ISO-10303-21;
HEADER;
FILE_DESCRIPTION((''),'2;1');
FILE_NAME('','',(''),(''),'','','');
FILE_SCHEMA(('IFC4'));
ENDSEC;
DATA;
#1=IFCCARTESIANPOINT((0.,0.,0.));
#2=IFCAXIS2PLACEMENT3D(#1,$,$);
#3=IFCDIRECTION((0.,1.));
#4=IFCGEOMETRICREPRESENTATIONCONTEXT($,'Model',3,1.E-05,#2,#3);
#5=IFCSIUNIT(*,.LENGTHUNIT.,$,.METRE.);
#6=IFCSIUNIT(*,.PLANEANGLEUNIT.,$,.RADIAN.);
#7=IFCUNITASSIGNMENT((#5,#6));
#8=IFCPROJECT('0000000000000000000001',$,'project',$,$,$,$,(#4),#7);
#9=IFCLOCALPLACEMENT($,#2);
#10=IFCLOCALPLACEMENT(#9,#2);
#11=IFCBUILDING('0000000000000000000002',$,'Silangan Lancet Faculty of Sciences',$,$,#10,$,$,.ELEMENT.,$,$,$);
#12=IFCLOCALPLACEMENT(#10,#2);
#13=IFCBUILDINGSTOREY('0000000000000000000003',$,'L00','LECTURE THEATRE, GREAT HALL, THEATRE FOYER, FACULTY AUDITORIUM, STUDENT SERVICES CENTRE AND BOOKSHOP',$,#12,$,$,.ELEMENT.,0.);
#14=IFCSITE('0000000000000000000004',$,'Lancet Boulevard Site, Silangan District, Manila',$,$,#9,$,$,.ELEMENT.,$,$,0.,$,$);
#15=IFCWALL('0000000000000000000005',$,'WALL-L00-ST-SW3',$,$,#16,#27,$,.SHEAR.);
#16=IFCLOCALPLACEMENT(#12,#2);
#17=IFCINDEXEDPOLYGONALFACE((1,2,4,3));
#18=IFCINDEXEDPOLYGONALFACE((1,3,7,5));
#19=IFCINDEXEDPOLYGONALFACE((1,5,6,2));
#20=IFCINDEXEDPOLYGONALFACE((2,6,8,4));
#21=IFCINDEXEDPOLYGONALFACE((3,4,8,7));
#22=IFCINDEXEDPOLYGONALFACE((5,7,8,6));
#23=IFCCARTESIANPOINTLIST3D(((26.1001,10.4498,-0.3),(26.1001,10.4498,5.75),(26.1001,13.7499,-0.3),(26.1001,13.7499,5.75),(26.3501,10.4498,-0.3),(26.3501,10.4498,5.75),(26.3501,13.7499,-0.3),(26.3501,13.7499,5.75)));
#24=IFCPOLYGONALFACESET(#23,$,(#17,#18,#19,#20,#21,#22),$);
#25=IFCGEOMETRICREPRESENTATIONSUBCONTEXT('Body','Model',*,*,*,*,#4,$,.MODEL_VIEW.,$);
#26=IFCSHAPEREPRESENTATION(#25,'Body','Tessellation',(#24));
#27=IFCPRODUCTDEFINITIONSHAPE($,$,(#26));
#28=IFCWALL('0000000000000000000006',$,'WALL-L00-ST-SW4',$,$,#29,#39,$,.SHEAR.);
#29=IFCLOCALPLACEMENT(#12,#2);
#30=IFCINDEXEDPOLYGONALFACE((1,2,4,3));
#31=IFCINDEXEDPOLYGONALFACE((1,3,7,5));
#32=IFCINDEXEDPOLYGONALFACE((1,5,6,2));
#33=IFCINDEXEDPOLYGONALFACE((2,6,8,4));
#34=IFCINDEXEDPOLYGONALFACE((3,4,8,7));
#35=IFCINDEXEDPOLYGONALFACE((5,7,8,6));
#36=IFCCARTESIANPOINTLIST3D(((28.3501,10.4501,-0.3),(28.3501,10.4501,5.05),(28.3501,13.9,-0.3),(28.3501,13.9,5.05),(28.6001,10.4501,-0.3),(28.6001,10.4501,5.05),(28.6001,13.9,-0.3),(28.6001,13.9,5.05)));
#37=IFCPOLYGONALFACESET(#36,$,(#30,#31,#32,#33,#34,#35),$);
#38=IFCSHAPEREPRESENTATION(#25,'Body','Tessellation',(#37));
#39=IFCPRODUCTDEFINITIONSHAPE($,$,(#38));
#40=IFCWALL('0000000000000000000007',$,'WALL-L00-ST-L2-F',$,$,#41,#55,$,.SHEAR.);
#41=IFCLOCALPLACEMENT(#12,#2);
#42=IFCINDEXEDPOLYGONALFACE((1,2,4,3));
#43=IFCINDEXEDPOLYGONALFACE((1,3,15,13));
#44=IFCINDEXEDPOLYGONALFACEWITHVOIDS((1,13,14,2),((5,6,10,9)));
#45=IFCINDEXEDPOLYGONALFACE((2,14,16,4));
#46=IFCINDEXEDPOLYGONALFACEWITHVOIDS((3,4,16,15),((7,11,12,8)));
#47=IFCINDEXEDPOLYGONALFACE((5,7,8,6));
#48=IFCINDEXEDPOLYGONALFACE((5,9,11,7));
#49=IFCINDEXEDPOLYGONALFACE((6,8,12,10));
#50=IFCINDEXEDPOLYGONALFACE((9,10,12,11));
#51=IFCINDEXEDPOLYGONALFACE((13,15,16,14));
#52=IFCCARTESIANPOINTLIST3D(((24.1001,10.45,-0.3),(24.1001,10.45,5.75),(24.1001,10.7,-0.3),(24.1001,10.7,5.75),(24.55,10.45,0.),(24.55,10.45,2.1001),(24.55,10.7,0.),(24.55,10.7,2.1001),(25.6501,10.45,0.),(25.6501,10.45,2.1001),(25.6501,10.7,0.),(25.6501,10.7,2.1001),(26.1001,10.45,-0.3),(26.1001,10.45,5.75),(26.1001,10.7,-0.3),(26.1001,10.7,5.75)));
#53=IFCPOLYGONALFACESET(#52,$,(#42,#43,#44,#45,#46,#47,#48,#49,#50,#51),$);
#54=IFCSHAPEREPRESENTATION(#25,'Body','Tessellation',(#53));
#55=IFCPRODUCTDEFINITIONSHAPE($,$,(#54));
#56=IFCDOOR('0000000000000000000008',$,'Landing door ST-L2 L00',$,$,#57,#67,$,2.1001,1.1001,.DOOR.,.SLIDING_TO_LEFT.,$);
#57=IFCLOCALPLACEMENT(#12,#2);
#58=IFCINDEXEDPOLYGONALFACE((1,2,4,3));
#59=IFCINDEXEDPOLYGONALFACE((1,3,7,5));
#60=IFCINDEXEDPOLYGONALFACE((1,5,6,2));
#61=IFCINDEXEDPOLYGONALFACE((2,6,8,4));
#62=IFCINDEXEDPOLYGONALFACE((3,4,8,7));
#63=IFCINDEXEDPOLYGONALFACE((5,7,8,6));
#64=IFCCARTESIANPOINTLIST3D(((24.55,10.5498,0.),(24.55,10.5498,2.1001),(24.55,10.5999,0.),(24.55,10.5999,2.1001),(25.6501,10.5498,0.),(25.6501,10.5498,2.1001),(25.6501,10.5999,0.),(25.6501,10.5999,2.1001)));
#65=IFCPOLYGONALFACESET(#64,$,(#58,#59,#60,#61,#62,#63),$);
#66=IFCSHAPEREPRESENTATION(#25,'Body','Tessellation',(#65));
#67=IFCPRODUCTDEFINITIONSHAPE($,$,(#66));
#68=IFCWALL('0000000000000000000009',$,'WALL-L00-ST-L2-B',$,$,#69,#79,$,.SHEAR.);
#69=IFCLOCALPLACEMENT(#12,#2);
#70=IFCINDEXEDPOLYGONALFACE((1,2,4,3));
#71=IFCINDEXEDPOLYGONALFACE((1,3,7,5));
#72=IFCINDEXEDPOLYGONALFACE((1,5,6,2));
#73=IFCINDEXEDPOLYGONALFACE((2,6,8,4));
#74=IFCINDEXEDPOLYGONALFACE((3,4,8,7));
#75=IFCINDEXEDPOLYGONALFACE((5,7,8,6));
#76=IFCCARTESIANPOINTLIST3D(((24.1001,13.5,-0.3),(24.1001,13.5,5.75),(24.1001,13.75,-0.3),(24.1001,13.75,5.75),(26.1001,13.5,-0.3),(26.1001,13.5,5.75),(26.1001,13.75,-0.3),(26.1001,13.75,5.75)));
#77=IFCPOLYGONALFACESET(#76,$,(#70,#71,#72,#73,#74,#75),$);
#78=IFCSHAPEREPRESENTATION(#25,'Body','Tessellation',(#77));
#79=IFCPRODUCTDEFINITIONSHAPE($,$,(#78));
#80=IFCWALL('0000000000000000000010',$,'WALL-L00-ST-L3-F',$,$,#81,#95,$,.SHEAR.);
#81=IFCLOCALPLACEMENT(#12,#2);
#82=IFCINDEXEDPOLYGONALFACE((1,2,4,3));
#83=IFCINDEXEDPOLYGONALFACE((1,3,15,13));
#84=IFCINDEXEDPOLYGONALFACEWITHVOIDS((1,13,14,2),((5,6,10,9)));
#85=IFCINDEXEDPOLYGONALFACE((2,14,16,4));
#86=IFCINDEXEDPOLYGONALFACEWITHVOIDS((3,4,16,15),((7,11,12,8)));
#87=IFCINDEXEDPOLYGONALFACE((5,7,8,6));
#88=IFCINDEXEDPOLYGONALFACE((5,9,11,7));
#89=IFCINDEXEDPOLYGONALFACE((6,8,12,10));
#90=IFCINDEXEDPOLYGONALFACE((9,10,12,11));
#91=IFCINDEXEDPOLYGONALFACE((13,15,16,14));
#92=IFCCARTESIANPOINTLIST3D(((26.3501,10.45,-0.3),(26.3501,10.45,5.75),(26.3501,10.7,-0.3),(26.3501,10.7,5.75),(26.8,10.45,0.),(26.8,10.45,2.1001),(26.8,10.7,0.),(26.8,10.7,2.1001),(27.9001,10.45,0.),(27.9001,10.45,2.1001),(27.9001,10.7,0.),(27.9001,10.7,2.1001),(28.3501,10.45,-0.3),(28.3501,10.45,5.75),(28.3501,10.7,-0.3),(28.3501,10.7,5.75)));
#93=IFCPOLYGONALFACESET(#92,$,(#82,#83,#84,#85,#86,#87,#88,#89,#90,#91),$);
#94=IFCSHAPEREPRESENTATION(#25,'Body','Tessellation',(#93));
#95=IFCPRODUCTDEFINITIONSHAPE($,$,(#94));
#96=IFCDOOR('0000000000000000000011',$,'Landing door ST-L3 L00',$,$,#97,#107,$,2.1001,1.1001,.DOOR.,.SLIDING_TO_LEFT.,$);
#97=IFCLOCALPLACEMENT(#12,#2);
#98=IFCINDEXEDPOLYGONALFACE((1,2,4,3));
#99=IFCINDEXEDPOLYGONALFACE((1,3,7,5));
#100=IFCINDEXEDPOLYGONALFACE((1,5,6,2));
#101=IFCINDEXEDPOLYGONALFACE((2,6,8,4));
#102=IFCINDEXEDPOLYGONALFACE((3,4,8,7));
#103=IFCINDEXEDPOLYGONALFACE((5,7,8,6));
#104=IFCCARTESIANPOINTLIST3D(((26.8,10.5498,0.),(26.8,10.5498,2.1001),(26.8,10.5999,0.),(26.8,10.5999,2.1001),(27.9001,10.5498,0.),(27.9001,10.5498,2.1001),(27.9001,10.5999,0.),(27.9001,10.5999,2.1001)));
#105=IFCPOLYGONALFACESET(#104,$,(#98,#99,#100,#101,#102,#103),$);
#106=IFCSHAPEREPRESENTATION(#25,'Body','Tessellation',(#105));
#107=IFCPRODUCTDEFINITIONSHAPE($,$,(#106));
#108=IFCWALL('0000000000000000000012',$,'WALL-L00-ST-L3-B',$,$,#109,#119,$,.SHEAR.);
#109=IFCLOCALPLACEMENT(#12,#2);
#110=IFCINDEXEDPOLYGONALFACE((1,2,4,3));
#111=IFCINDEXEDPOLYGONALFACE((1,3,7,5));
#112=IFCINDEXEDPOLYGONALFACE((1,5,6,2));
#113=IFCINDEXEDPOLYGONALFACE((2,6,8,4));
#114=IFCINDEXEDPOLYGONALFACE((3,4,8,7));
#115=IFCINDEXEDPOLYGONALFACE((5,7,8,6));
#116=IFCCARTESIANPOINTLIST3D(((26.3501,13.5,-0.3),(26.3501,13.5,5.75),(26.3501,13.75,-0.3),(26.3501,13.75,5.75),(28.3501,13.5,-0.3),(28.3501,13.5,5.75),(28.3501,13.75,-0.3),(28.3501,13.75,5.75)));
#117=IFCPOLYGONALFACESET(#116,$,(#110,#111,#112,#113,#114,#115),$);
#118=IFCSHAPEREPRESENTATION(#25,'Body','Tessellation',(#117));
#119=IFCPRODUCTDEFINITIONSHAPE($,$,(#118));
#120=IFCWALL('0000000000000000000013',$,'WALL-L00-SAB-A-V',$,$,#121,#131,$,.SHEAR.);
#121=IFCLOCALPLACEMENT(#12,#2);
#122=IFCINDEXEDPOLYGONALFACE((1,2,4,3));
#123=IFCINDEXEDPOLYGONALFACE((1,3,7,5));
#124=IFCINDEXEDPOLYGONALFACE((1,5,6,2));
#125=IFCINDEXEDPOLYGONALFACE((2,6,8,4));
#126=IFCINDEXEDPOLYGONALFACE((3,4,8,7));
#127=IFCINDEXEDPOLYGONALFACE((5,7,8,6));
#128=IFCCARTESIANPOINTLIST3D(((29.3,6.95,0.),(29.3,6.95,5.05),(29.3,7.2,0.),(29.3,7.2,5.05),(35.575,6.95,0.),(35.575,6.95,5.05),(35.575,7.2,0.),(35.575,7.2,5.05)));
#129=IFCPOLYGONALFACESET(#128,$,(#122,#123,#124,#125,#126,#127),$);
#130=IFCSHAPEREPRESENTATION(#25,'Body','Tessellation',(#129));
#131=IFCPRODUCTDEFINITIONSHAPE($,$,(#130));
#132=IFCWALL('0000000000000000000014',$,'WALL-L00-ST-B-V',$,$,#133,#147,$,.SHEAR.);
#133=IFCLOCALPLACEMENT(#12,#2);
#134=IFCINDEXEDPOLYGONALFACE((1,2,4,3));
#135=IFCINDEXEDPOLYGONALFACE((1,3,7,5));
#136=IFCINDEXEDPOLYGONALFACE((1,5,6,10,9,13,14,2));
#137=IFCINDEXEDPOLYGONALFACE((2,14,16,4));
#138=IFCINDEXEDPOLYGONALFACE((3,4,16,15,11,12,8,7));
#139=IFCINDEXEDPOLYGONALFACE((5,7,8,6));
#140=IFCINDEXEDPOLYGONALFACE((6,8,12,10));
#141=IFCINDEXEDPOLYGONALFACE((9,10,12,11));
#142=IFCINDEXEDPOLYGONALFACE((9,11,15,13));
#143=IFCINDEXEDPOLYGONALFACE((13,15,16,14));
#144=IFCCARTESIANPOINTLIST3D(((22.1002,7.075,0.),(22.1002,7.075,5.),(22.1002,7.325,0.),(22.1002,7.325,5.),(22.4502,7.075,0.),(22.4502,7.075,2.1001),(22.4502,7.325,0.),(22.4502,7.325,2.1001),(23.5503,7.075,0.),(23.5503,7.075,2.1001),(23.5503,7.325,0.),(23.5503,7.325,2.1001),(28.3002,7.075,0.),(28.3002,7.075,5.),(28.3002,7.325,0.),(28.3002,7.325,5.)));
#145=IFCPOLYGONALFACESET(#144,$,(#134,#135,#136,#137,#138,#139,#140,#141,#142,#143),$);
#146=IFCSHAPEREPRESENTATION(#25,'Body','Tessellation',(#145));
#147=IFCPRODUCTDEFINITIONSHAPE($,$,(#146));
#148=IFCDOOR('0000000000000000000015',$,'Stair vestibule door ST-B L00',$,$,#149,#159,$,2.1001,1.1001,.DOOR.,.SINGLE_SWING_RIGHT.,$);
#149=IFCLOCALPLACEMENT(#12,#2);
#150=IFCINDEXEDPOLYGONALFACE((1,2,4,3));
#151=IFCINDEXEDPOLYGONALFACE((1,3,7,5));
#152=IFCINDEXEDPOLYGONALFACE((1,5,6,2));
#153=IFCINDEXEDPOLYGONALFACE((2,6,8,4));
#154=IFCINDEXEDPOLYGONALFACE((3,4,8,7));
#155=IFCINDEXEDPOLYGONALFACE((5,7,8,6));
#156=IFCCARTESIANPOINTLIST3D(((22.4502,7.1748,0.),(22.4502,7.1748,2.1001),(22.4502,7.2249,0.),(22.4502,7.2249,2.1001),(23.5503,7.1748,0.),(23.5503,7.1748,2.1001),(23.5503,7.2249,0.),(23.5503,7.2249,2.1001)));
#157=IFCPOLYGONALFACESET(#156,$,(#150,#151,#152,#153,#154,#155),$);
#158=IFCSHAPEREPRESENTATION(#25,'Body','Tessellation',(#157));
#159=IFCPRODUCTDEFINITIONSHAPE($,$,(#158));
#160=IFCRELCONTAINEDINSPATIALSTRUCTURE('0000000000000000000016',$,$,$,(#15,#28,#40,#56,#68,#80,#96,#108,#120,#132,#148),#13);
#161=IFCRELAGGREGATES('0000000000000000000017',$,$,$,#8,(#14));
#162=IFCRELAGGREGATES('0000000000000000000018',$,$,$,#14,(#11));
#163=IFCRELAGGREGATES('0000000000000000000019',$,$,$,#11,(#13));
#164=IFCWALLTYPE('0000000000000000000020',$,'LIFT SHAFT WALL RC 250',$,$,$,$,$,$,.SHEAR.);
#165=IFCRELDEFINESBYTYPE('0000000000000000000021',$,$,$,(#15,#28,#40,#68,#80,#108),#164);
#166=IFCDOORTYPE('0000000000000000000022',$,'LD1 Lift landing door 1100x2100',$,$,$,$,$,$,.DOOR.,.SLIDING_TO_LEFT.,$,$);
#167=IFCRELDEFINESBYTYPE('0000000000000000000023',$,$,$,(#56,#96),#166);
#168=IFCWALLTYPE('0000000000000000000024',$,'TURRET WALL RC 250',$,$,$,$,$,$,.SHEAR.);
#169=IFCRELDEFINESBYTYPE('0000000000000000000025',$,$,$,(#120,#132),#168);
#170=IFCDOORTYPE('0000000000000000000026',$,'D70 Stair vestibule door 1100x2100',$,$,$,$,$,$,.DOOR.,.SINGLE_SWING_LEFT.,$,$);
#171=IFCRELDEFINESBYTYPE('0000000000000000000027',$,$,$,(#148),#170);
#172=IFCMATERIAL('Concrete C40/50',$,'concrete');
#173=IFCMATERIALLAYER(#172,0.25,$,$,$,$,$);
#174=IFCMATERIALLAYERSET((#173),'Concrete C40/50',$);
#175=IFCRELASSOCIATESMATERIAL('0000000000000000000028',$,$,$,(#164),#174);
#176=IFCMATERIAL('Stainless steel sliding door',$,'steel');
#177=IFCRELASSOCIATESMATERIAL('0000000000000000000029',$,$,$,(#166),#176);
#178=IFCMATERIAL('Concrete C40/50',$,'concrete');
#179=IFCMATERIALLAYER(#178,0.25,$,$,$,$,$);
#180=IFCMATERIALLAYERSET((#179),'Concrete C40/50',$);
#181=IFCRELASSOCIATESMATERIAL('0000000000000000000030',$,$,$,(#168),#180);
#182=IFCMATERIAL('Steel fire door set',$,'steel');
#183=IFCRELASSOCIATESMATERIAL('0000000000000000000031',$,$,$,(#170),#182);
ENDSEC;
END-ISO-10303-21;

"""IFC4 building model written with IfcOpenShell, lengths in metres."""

from ifc_helpers import new_model, si_unit, direction, frame, frame_2d, origin, place, context, subcontext, project, spatial, rectangle, extrude, material, layer, layer_set, type_object, element, fill, save


model = new_model("IFC4")

# Units and contexts
model_context = context("Model", 3, precision=1e-05, world=origin(), true_north=direction((0.0, 1.0)))
body_context = subcontext(model_context, "Body", "Model", "MODEL_VIEW")
ifc_project = project(units=[si_unit("LENGTHUNIT", "METRE"), si_unit("PLANEANGLEUNIT", "RADIAN")], contexts=[model_context])

# Site, building, storey
site_placement = place(None, origin())
site = spatial("IfcSite", under=ifc_project, at=site_placement, Name="Lancet Boulevard Site, Silangan District, Manila", CompositionType="ELEMENT", RefElevation=0.0)
building_placement = place(site_placement, origin())
building = spatial("IfcBuilding", under=site, at=building_placement, Name="Silangan Lancet Faculty of Sciences", CompositionType="ELEMENT")
storey_placement = place(building_placement, origin())
storey = spatial("IfcBuildingStorey", under=building, at=storey_placement, Name="L00", Description="LECTURE THEATRE, GREAT HALL, THEATRE FOYER, FACULTY AUDITORIUM, STUDENT SERVICES CENTRE AND BOOKSHOP", CompositionType="ELEMENT", Elevation=0.0)

# Walls
ifc_material_1 = material(Name="Concrete C40/50", Category="concrete")
ifc_layer_1 = layer(ifc_material_1, 0.25)
ifc_layer_set_1 = layer_set([ifc_layer_1], Name="Concrete C40/50")
wall_type_1 = type_object("IfcWallType", Name="LIFT SHAFT WALL RC 250", PredefinedType="SHEAR", material=ifc_layer_set_1)
for number, where, z_axis, x_axis, name in (
    (1, (26.2251, 10.45, -0.3), (0.0, 0.0, 1.0), (0.0, 1.0, 0.0), "WALL-L00-ST-SW3"),
):
    element("IfcWall", number, at=place(storey_placement, frame(where, z_axis=z_axis, x_axis=x_axis)), inside=storey, type_object=wall_type_1, Name=name, PredefinedType="SHEAR", context=body_context, shape_type="SweptSolid", body=[
        extrude(rectangle(XDim=3.3, YDim=0.25, at=frame_2d((1.6499, 0.0))), origin(), (0.0, 0.0, 1.0), 6.05),
    ])
wall_1_placement = place(storey_placement, frame((28.4751, 10.45, -0.3), z_axis=(0.0, 0.0, 1.0), x_axis=(0.0, 1.0, 0.0)))
element("IfcWall", 2, at=wall_1_placement, inside=storey, type_object=wall_type_1, Name="WALL-L00-ST-SW4", PredefinedType="SHEAR", context=body_context, shape_type="SweptSolid", body=[
    extrude(rectangle(XDim=3.45, YDim=0.25, at=frame_2d((1.7251, 0.0))), origin(), (0.0, 0.0, 1.0), 5.3501),
])

# Wall, opening, door
wall_2_placement = place(storey_placement, frame((24.1001, 10.575, -0.3), z_axis=(0.0, 0.0, 1.0), x_axis=(1.0, 0.0, 0.0)))
wall_2 = element("IfcWall", 3, at=wall_2_placement, inside=storey, type_object=wall_type_1, Name="WALL-L00-ST-L2-F", PredefinedType="SHEAR", context=body_context, shape_type="SweptSolid", body=[
    extrude(rectangle(XDim=2.0, YDim=0.25, at=frame_2d((1.0, 0.0))), origin(), (0.0, 0.0, 1.0), 6.05),
])
opening_1_placement = place(wall_2_placement, frame((0.45, 0.0, 0.3)))
opening_1 = element("IfcOpeningElement", 4, at=opening_1_placement, cuts=wall_2, PredefinedType="OPENING", context=body_context, shape_type="SweptSolid", body=[
    extrude(rectangle(XDim=1.1001, YDim=2.1001, at=frame_2d((0.55, 1.05))), frame((0.0, 0.135, 0.0), z_axis=(0.0, -1.0, 0.0), x_axis=(1.0, 0.0, 0.0)), (0.0, 0.0, 1.0), 0.27),
])
ifc_material_2 = material(Name="Stainless steel sliding door", Category="steel")
door_type_1 = type_object("IfcDoorType", Name="LD1 Lift landing door 1100x2100", OperationType="SLIDING_TO_LEFT", PredefinedType="DOOR", material=ifc_material_2)
door_1_placement = place(opening_1_placement, origin())
door_1 = element("IfcDoor", 5, at=door_1_placement, inside=storey, type_object=door_type_1, Name="Landing door ST-L2 L00", OperationType="SLIDING_TO_LEFT", OverallHeight=2.1001, OverallWidth=1.1001, PredefinedType="DOOR", context=body_context, shape_type="SweptSolid", body=[
    extrude(rectangle(XDim=1.1001, YDim=2.1001, at=frame_2d((0.55, 1.05))), frame((0.0, 0.0249, 0.0), z_axis=(0.0, -1.0, 0.0), x_axis=(1.0, 0.0, 0.0)), (0.0, 0.0, 1.0), 0.05),
])
fill(opening_1, door_1)

# Wall
wall_3_placement = place(storey_placement, frame((24.1001, 13.625, -0.3), z_axis=(0.0, 0.0, 1.0), x_axis=(1.0, 0.0, 0.0)))
element("IfcWall", 6, at=wall_3_placement, inside=storey, type_object=wall_type_1, Name="WALL-L00-ST-L2-B", PredefinedType="SHEAR", context=body_context, shape_type="SweptSolid", body=[
    extrude(rectangle(XDim=2.0, YDim=0.25, at=frame_2d((1.0, 0.0))), origin(), (0.0, 0.0, 1.0), 6.05),
])

# Wall, opening, door
wall_4_placement = place(storey_placement, frame((26.3501, 10.575, -0.3), z_axis=(0.0, 0.0, 1.0), x_axis=(1.0, 0.0, 0.0)))
wall_4 = element("IfcWall", 7, at=wall_4_placement, inside=storey, type_object=wall_type_1, Name="WALL-L00-ST-L3-F", PredefinedType="SHEAR", context=body_context, shape_type="SweptSolid", body=[
    extrude(rectangle(XDim=2.0, YDim=0.25, at=frame_2d((1.0, 0.0))), origin(), (0.0, 0.0, 1.0), 6.05),
])
opening_2_placement = place(wall_4_placement, frame((0.45, 0.0, 0.3)))
opening_2 = element("IfcOpeningElement", 8, at=opening_2_placement, cuts=wall_4, PredefinedType="OPENING", context=body_context, shape_type="SweptSolid", body=[
    extrude(rectangle(XDim=1.1001, YDim=2.1001, at=frame_2d((0.55, 1.05))), frame((0.0, 0.135, 0.0), z_axis=(0.0, -1.0, 0.0), x_axis=(1.0, 0.0, 0.0)), (0.0, 0.0, 1.0), 0.27),
])
door_2_placement = place(opening_2_placement, origin())
door_2 = element("IfcDoor", 9, at=door_2_placement, inside=storey, type_object=door_type_1, Name="Landing door ST-L3 L00", OperationType="SLIDING_TO_LEFT", OverallHeight=2.1001, OverallWidth=1.1001, PredefinedType="DOOR", context=body_context, shape_type="SweptSolid", body=[
    extrude(rectangle(XDim=1.1001, YDim=2.1001, at=frame_2d((0.55, 1.05))), frame((0.0, 0.0249, 0.0), z_axis=(0.0, -1.0, 0.0), x_axis=(1.0, 0.0, 0.0)), (0.0, 0.0, 1.0), 0.05),
])
fill(opening_2, door_2)

# Walls
wall_5_placement = place(storey_placement, frame((26.3501, 13.625, -0.3), z_axis=(0.0, 0.0, 1.0), x_axis=(1.0, 0.0, 0.0)))
element("IfcWall", 10, at=wall_5_placement, inside=storey, type_object=wall_type_1, Name="WALL-L00-ST-L3-B", PredefinedType="SHEAR", context=body_context, shape_type="SweptSolid", body=[
    extrude(rectangle(XDim=2.0, YDim=0.25, at=frame_2d((1.0, 0.0))), origin(), (0.0, 0.0, 1.0), 6.05),
])
ifc_material_3 = material(Name="Concrete C40/50", Category="concrete")
ifc_layer_2 = layer(ifc_material_3, 0.25)
ifc_layer_set_2 = layer_set([ifc_layer_2], Name="Concrete C40/50")
wall_type_2 = type_object("IfcWallType", Name="TURRET WALL RC 250", PredefinedType="SHEAR", material=ifc_layer_set_2)
wall_6_placement = place(storey_placement, frame((29.3, 7.075, 0.0), z_axis=(0.0, 0.0, 1.0), x_axis=(1.0, 0.0, 0.0)))
element("IfcWall", 11, at=wall_6_placement, inside=storey, type_object=wall_type_2, Name="WALL-L00-SAB-A-V", PredefinedType="SHEAR", context=body_context, shape_type="SweptSolid", body=[
    extrude(rectangle(XDim=6.2749, YDim=0.25, at=frame_2d((3.1375, 0.0))), origin(), (0.0, 0.0, 1.0), 5.05),
])

# Wall, opening, door
wall_7_placement = place(storey_placement, frame((22.1001, 7.2, 0.0), z_axis=(0.0, 0.0, 1.0), x_axis=(1.0, 0.0, 0.0)))
wall_7 = element("IfcWall", 12, at=wall_7_placement, inside=storey, type_object=wall_type_2, Name="WALL-L00-ST-B-V", PredefinedType="SHEAR", context=body_context, shape_type="SweptSolid", body=[
    extrude(rectangle(XDim=6.2, YDim=0.25, at=frame_2d((3.1001, 0.0))), origin(), (0.0, 0.0, 1.0), 5.0),
])
opening_3_placement = place(wall_7_placement, frame((0.3501, 0.0, 0.0)))
opening_3 = element("IfcOpeningElement", 13, at=opening_3_placement, cuts=wall_7, PredefinedType="OPENING", context=body_context, shape_type="SweptSolid", body=[
    extrude(rectangle(XDim=1.1001, YDim=2.1001, at=frame_2d((0.55, 1.05))), frame((0.0, 0.135, 0.0), z_axis=(0.0, -1.0, 0.0), x_axis=(1.0, 0.0, 0.0)), (0.0, 0.0, 1.0), 0.27),
])
ifc_material_4 = material(Name="Steel fire door set", Category="steel")
door_type_2 = type_object("IfcDoorType", Name="D70 Stair vestibule door 1100x2100", OperationType="SINGLE_SWING_LEFT", PredefinedType="DOOR", material=ifc_material_4)
door_3_placement = place(opening_3_placement, frame((1.1001, 0.0, 0.0), z_axis=(0.0, 0.0, 1.0), x_axis=(-1.0, 0.0, 0.0)))
door_3 = element("IfcDoor", 14, at=door_3_placement, inside=storey, type_object=door_type_2, Name="Stair vestibule door ST-B L00", OperationType="SINGLE_SWING_RIGHT", OverallHeight=2.1001, OverallWidth=1.1001, PredefinedType="DOOR", context=body_context, shape_type="SweptSolid", body=[
    extrude(rectangle(XDim=1.1001, YDim=2.1001, at=frame_2d((0.55, 1.05))), frame((0.0, 0.0251, 0.0), z_axis=(0.0, -1.0, 0.0), x_axis=(1.0, 0.0, 0.0)), (0.0, 0.0, 1.0), 0.05),
])
fill(opening_3, door_3)

save(model, "model.ifc")
